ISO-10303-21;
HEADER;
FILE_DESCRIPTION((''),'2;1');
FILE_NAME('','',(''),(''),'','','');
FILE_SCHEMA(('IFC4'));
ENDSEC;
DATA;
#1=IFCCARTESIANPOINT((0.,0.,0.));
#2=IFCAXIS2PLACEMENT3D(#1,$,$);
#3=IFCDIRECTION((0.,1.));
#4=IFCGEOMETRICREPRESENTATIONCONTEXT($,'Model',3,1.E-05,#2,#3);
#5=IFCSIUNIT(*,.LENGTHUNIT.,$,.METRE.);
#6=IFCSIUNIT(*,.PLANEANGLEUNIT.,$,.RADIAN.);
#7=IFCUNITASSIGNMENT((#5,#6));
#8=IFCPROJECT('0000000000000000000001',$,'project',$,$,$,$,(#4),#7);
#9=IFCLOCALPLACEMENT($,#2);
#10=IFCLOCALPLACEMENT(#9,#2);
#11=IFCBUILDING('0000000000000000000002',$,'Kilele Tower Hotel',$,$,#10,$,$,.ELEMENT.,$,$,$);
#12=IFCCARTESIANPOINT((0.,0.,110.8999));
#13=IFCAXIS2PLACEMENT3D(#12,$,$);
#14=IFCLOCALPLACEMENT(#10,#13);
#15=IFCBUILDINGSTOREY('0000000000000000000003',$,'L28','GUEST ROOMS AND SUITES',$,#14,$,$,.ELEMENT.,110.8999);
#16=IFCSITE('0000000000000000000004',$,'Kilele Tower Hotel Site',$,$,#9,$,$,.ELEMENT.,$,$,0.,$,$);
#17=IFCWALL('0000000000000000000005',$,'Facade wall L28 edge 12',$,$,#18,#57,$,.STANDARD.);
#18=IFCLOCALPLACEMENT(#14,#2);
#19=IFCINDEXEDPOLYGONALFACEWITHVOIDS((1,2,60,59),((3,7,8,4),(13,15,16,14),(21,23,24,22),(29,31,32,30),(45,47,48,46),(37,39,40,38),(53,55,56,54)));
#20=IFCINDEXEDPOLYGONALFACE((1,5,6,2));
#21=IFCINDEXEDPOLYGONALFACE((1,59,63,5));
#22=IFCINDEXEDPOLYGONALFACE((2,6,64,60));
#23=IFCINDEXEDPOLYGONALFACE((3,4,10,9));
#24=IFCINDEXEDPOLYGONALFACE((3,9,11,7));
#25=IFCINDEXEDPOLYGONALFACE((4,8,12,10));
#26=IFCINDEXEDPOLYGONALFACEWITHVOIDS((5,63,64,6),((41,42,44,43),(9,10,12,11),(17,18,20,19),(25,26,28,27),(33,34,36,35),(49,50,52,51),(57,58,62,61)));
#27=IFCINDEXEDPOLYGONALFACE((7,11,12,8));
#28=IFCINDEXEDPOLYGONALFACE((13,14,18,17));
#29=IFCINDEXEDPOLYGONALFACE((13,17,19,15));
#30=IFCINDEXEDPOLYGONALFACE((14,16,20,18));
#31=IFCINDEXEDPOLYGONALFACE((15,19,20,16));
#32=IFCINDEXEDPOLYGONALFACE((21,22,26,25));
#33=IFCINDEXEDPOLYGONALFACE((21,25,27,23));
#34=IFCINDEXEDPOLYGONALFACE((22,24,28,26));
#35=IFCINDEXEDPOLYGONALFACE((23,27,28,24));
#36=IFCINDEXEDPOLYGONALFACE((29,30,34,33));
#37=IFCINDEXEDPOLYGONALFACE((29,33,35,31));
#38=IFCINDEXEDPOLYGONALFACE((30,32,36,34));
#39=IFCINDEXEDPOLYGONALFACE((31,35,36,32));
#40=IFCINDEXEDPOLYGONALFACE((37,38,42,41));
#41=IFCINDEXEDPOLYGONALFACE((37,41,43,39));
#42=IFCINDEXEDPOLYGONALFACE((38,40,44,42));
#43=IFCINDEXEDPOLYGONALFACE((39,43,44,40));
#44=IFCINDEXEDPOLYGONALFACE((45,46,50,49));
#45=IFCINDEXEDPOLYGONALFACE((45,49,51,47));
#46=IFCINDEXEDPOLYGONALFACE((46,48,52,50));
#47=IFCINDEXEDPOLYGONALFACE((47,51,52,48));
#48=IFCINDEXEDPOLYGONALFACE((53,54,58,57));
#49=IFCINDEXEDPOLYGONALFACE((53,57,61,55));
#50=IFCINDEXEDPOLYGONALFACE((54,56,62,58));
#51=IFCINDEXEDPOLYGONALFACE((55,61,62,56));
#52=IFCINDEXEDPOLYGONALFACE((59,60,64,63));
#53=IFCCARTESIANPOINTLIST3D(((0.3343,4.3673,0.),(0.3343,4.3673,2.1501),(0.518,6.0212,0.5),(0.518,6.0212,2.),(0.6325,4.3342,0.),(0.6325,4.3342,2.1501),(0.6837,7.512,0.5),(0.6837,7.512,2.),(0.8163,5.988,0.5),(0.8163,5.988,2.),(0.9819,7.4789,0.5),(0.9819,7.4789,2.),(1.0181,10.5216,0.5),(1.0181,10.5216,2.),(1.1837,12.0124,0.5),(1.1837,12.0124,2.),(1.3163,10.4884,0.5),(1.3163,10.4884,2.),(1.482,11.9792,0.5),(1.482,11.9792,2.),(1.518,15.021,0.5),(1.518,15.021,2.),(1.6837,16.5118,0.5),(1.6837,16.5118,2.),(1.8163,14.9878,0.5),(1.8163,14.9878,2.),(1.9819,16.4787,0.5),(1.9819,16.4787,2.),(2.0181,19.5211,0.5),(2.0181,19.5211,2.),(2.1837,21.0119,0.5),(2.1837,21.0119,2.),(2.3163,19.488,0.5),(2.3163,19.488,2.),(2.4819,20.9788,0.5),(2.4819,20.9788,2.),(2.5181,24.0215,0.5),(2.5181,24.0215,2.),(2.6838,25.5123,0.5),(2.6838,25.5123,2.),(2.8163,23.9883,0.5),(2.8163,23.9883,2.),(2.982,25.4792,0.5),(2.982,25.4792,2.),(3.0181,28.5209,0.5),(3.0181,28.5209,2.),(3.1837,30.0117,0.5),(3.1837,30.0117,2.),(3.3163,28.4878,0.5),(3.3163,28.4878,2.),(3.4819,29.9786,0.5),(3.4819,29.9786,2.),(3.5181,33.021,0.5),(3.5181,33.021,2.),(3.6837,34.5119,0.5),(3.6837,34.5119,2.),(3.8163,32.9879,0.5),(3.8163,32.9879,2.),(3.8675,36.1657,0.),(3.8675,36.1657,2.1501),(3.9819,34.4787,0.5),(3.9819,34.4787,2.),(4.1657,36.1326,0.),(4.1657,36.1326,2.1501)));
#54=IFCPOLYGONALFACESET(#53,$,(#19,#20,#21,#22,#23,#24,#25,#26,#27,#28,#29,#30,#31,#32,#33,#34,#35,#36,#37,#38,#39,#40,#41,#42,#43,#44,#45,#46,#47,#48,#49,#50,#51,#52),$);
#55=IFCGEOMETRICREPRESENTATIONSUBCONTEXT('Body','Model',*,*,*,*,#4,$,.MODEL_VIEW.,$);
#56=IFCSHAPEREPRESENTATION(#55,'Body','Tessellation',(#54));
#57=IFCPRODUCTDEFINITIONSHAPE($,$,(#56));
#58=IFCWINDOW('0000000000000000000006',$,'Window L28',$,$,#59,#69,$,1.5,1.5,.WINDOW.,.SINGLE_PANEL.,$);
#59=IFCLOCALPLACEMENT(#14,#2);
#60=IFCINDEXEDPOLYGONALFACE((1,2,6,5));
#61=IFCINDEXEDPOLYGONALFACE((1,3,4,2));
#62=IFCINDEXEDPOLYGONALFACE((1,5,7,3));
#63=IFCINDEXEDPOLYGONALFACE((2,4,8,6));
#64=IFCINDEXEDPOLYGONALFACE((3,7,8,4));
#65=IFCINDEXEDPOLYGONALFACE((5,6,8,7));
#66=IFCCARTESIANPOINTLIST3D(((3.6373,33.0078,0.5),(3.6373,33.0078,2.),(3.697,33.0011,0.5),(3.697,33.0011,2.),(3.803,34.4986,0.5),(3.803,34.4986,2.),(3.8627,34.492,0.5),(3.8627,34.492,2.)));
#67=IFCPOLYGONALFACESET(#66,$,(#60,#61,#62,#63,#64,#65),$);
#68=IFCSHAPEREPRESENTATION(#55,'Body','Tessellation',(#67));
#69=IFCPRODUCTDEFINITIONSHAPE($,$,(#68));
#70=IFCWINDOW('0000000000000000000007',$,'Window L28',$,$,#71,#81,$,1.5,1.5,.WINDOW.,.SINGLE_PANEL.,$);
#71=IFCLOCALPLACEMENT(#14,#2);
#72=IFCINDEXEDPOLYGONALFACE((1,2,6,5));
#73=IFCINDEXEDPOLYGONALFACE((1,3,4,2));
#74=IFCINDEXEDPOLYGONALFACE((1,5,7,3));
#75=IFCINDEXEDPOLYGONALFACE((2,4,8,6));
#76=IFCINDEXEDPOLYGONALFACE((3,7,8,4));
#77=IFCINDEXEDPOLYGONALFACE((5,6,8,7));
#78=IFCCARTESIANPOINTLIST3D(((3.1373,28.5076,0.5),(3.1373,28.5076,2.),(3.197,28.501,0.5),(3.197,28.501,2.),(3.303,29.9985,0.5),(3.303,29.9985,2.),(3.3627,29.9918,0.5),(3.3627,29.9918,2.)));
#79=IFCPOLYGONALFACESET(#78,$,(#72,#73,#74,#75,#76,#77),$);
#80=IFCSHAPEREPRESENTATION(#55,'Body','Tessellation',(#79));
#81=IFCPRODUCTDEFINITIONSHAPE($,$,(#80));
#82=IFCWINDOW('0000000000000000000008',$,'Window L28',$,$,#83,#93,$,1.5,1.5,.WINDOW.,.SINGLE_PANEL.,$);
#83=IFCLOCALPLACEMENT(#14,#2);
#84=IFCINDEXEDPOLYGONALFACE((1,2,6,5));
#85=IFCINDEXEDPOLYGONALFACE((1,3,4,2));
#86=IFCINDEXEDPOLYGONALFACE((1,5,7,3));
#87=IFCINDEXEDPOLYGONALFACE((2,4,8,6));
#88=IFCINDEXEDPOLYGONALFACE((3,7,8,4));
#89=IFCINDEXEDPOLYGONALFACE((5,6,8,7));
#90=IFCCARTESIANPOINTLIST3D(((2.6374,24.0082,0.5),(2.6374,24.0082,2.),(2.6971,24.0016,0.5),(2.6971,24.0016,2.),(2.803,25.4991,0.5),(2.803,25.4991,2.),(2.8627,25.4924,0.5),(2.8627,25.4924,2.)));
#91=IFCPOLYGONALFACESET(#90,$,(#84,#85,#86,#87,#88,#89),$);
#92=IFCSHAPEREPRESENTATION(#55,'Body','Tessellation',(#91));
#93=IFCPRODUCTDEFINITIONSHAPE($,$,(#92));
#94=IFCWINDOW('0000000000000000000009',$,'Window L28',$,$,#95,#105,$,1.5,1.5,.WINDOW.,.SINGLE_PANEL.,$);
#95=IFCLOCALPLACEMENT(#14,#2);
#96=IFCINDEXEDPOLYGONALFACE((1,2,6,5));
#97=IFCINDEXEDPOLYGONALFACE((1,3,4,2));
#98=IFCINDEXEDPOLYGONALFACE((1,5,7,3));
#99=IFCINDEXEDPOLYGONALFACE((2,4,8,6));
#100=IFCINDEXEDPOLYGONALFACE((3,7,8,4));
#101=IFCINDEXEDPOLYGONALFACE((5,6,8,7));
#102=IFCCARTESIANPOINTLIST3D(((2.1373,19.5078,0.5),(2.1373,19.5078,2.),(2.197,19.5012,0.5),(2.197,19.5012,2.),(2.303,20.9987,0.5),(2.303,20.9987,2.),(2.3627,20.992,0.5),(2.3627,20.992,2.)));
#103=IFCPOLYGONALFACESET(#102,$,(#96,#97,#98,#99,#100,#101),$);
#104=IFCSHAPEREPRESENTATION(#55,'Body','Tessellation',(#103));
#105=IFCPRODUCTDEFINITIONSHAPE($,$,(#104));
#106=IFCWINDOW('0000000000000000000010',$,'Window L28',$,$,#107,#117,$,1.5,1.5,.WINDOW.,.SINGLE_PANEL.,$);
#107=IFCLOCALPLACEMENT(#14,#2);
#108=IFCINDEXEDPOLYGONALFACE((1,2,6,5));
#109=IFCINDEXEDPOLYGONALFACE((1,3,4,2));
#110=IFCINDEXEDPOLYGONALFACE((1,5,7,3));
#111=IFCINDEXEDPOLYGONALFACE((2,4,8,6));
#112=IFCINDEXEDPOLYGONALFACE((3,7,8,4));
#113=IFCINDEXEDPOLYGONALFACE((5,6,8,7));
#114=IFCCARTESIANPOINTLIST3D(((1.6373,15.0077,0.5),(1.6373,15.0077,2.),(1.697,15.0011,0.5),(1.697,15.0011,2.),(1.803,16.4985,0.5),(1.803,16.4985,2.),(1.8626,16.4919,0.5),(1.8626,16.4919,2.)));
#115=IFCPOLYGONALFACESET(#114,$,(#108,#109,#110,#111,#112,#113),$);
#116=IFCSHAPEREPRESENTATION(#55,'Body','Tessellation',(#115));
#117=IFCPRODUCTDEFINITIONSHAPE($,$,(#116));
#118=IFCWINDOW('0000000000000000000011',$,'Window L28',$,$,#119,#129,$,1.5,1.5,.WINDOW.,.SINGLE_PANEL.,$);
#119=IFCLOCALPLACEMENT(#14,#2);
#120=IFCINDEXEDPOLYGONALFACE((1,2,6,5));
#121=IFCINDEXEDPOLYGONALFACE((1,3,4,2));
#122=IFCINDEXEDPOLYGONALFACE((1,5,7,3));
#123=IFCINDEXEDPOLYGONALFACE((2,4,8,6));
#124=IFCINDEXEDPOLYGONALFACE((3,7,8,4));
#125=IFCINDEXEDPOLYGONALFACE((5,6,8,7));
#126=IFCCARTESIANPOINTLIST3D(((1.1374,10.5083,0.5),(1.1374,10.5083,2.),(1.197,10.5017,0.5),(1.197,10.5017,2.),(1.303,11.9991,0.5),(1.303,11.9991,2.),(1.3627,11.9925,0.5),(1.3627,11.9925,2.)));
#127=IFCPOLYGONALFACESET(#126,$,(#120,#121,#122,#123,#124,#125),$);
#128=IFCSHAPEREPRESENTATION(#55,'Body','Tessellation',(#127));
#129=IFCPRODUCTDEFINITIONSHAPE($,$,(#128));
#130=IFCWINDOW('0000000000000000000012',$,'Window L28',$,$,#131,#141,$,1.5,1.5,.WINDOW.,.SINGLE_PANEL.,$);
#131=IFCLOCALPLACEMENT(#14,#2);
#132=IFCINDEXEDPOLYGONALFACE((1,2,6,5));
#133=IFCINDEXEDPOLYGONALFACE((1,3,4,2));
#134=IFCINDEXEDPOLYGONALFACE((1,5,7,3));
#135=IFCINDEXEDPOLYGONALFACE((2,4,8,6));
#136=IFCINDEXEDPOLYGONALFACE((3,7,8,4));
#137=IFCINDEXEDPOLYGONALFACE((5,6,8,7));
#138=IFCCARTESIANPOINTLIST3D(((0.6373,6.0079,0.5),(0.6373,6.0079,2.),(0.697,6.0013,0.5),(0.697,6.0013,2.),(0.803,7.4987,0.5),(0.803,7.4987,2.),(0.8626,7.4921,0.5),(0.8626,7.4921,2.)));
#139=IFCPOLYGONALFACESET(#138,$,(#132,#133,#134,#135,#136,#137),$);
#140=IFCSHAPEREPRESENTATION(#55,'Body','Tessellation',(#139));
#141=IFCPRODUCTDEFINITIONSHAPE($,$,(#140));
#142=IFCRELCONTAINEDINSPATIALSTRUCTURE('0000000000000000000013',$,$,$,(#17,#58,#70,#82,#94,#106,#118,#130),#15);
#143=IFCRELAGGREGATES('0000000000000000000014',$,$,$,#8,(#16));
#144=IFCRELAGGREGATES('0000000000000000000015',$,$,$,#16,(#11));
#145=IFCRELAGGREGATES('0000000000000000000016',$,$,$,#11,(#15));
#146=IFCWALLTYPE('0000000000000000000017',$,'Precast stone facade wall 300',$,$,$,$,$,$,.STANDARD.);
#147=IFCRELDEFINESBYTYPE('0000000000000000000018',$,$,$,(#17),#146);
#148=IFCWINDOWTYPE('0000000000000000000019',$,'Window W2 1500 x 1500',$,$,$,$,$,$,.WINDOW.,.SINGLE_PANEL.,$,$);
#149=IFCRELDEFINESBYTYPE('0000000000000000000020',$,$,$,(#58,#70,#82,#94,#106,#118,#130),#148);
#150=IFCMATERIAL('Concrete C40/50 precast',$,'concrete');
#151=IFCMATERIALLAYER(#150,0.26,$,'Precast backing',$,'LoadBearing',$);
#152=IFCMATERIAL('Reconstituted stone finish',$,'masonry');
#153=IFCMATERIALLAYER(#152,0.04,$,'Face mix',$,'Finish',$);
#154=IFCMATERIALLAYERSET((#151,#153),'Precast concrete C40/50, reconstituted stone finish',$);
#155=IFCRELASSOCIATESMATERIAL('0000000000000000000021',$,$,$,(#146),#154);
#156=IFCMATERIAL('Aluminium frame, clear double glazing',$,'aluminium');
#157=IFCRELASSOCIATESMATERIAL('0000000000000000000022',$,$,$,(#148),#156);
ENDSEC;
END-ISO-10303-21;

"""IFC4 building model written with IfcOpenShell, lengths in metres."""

from ifc_helpers import new_model, si_unit, direction, frame, frame_2d, origin, place, context, subcontext, project, spatial, rectangle, extrude, material, layer, layer_set, type_object, element, fill, save


model = new_model("IFC4")

# Units and contexts
model_context = context("Model", 3, precision=1e-05, world=origin(), true_north=direction((0.0, 1.0)))
body_context = subcontext(model_context, "Body", "Model", "MODEL_VIEW")
ifc_project = project(units=[si_unit("LENGTHUNIT", "METRE"), si_unit("PLANEANGLEUNIT", "RADIAN")], contexts=[model_context])

# Site, building, storey
site_placement = place(None, origin())
site = spatial("IfcSite", under=ifc_project, at=site_placement, Name="Kilele Tower Hotel Site", CompositionType="ELEMENT", RefElevation=0.0)
building_placement = place(site_placement, origin())
building = spatial("IfcBuilding", under=site, at=building_placement, Name="Kilele Tower Hotel", CompositionType="ELEMENT")
storey_placement = place(building_placement, frame((0.0, 0.0, 110.8999)))
storey = spatial("IfcBuildingStorey", under=building, at=storey_placement, Name="L28", Description="GUEST ROOMS AND SUITES", CompositionType="ELEMENT", Elevation=110.8999)

# Shared definitions
ifc_material_1 = material(Name="Concrete C40/50 precast", Category="concrete")
ifc_layer_1 = layer(ifc_material_1, 0.26, Name="Precast backing", Category="LoadBearing")
ifc_material_2 = material(Name="Reconstituted stone finish", Category="masonry")
ifc_layer_2 = layer(ifc_material_2, 0.04, Name="Face mix", Category="Finish")
ifc_layer_set_1 = layer_set([ifc_layer_1, ifc_layer_2], Name="Precast concrete C40/50, reconstituted stone finish")
wall_type_1 = type_object("IfcWallType", Name="Precast stone facade wall 300", PredefinedType="STANDARD", material=ifc_layer_set_1)
ifc_material_3 = material(Name="Aluminium frame, clear double glazing", Category="aluminium")
window_type_1 = type_object("IfcWindowType", Name="Window W2 1500 x 1500", PartitioningType="SINGLE_PANEL", PredefinedType="WINDOW", material=ifc_material_3)

# Wall, openings, windows
wall_1_placement = place(storey_placement, frame((4.0166, 36.1492, 0.0), z_axis=(0.0, 0.0, 1.0), x_axis=(-0.110433, -0.993884, 0.0)))
wall_1 = element("IfcWall", 1, at=wall_1_placement, inside=storey, type_object=wall_type_1, Name="Facade wall L28 edge 12", PredefinedType="STANDARD", context=body_context, shape_type="SweptSolid", body=[
    extrude(rectangle(XDim=31.9941, YDim=0.3, at=frame_2d((15.9971, 0.0))), origin(), (0.0, 0.0, 1.0), 2.1501),
])
opening_1_placement = place(wall_1_placement, frame((1.6641, 0.0, 0.5)))
opening_1 = element("IfcOpeningElement", 2, at=opening_1_placement, cuts=wall_1, PredefinedType="OPENING", context=body_context, shape_type="SweptSolid", body=[
    extrude(rectangle(XDim=1.5, YDim=1.5, at=frame_2d((0.75, 0.75))), frame((0.0, 0.1599, 0.0), z_axis=(0.0, -1.0, 0.0), x_axis=(1.0, 0.0, 0.0)), (0.0, 0.0, 1.0), 0.3201),
])
opening_2_placement = place(wall_1_placement, frame((6.1919, 0.0, 0.5)))
opening_2 = element("IfcOpeningElement", 3, at=opening_2_placement, cuts=wall_1, PredefinedType="OPENING", context=body_context, shape_type="SweptSolid", body=[
    extrude(rectangle(XDim=1.5, YDim=1.5, at=frame_2d((0.75, 0.75))), frame((0.0, 0.1599, 0.0), z_axis=(0.0, -1.0, 0.0), x_axis=(1.0, 0.0, 0.0)), (0.0, 0.0, 1.0), 0.3201),
])
opening_3_placement = place(wall_1_placement, frame((10.719, 0.0, 0.5)))
opening_3 = element("IfcOpeningElement", 4, at=opening_3_placement, cuts=wall_1, PredefinedType="OPENING", context=body_context, shape_type="SweptSolid", body=[
    extrude(rectangle(XDim=1.5, YDim=1.5, at=frame_2d((0.75, 0.75))), frame((0.0, 0.1599, 0.0), z_axis=(0.0, -1.0, 0.0), x_axis=(1.0, 0.0, 0.0)), (0.0, 0.0, 1.0), 0.3201),
])
opening_4_placement = place(wall_1_placement, frame((15.2471, 0.0, 0.5)))
opening_4 = element("IfcOpeningElement", 5, at=opening_4_placement, cuts=wall_1, PredefinedType="OPENING", context=body_context, shape_type="SweptSolid", body=[
    extrude(rectangle(XDim=1.5, YDim=1.5, at=frame_2d((0.75, 0.75))), frame((0.0, 0.1599, 0.0), z_axis=(0.0, -1.0, 0.0), x_axis=(1.0, 0.0, 0.0)), (0.0, 0.0, 1.0), 0.3201),
])
opening_5_placement = place(wall_1_placement, frame((19.7749, 0.0, 0.5)))
opening_5 = element("IfcOpeningElement", 6, at=opening_5_placement, cuts=wall_1, PredefinedType="OPENING", context=body_context, shape_type="SweptSolid", body=[
    extrude(rectangle(XDim=1.5, YDim=1.5, at=frame_2d((0.75, 0.75))), frame((0.0, 0.1599, 0.0), z_axis=(0.0, -1.0, 0.0), x_axis=(1.0, 0.0, 0.0)), (0.0, 0.0, 1.0), 0.3201),
])
opening_6_placement = place(wall_1_placement, frame((24.302, 0.0, 0.5)))
opening_6 = element("IfcOpeningElement", 7, at=opening_6_placement, cuts=wall_1, PredefinedType="OPENING", context=body_context, shape_type="SweptSolid", body=[
    extrude(rectangle(XDim=1.5, YDim=1.5, at=frame_2d((0.75, 0.75))), frame((0.0, 0.1599, 0.0), z_axis=(0.0, -1.0, 0.0), x_axis=(1.0, 0.0, 0.0)), (0.0, 0.0, 1.0), 0.3201),
])
opening_7_placement = place(wall_1_placement, frame((28.8301, 0.0, 0.5)))
opening_7 = element("IfcOpeningElement", 8, at=opening_7_placement, cuts=wall_1, PredefinedType="OPENING", context=body_context, shape_type="SweptSolid", body=[
    extrude(rectangle(XDim=1.5, YDim=1.5, at=frame_2d((0.75, 0.75))), frame((0.0, 0.1599, 0.0), z_axis=(0.0, -1.0, 0.0), x_axis=(1.0, 0.0, 0.0)), (0.0, 0.0, 1.0), 0.3201),
])
window_1_placement = place(opening_1_placement, origin())
window_1 = element("IfcWindow", 9, at=window_1_placement, inside=storey, type_object=window_type_1, Name="Window L28", OverallHeight=1.5, OverallWidth=1.5, PartitioningType="SINGLE_PANEL", PredefinedType="WINDOW", context=body_context, shape_type="SweptSolid", body=[
    extrude(rectangle(XDim=1.5, YDim=1.5, at=frame_2d((0.75, 0.75))), frame((0.0, 0.03, 0.0), z_axis=(0.0, -1.0, 0.0), x_axis=(1.0, 0.0, 0.0)), (0.0, 0.0, 1.0), 0.0601),
])
fill(opening_1, window_1)
window_2_placement = place(opening_2_placement, origin())
window_2 = element("IfcWindow", 10, at=window_2_placement, inside=storey, type_object=window_type_1, Name="Window L28", OverallHeight=1.5, OverallWidth=1.5, PartitioningType="SINGLE_PANEL", PredefinedType="WINDOW", context=body_context, shape_type="SweptSolid", body=[
    extrude(rectangle(XDim=1.5, YDim=1.5, at=frame_2d((0.75, 0.75))), frame((0.0, 0.03, 0.0), z_axis=(0.0, -1.0, 0.0), x_axis=(1.0, 0.0, 0.0)), (0.0, 0.0, 1.0), 0.0601),
])
fill(opening_2, window_2)
window_3_placement = place(opening_3_placement, origin())
window_3 = element("IfcWindow", 11, at=window_3_placement, inside=storey, type_object=window_type_1, Name="Window L28", OverallHeight=1.5, OverallWidth=1.5, PartitioningType="SINGLE_PANEL", PredefinedType="WINDOW", context=body_context, shape_type="SweptSolid", body=[
    extrude(rectangle(XDim=1.5, YDim=1.5, at=frame_2d((0.75, 0.75))), frame((0.0, 0.03, 0.0), z_axis=(0.0, -1.0, 0.0), x_axis=(1.0, 0.0, 0.0)), (0.0, 0.0, 1.0), 0.0601),
])
fill(opening_3, window_3)
window_4_placement = place(opening_4_placement, origin())
window_4 = element("IfcWindow", 12, at=window_4_placement, inside=storey, type_object=window_type_1, Name="Window L28", OverallHeight=1.5, OverallWidth=1.5, PartitioningType="SINGLE_PANEL", PredefinedType="WINDOW", context=body_context, shape_type="SweptSolid", body=[
    extrude(rectangle(XDim=1.5, YDim=1.5, at=frame_2d((0.75, 0.75))), frame((0.0, 0.03, 0.0), z_axis=(0.0, -1.0, 0.0), x_axis=(1.0, 0.0, 0.0)), (0.0, 0.0, 1.0), 0.0601),
])
fill(opening_4, window_4)
window_5_placement = place(opening_5_placement, origin())
window_5 = element("IfcWindow", 13, at=window_5_placement, inside=storey, type_object=window_type_1, Name="Window L28", OverallHeight=1.5, OverallWidth=1.5, PartitioningType="SINGLE_PANEL", PredefinedType="WINDOW", context=body_context, shape_type="SweptSolid", body=[
    extrude(rectangle(XDim=1.5, YDim=1.5, at=frame_2d((0.75, 0.75))), frame((0.0, 0.03, 0.0), z_axis=(0.0, -1.0, 0.0), x_axis=(1.0, 0.0, 0.0)), (0.0, 0.0, 1.0), 0.0601),
])
fill(opening_5, window_5)
window_6_placement = place(opening_6_placement, origin())
window_6 = element("IfcWindow", 14, at=window_6_placement, inside=storey, type_object=window_type_1, Name="Window L28", OverallHeight=1.5, OverallWidth=1.5, PartitioningType="SINGLE_PANEL", PredefinedType="WINDOW", context=body_context, shape_type="SweptSolid", body=[
    extrude(rectangle(XDim=1.5, YDim=1.5, at=frame_2d((0.75, 0.75))), frame((0.0, 0.03, 0.0), z_axis=(0.0, -1.0, 0.0), x_axis=(1.0, 0.0, 0.0)), (0.0, 0.0, 1.0), 0.0601),
])
fill(opening_6, window_6)
window_7_placement = place(opening_7_placement, origin())
window_7 = element("IfcWindow", 15, at=window_7_placement, inside=storey, type_object=window_type_1, Name="Window L28", OverallHeight=1.5, OverallWidth=1.5, PartitioningType="SINGLE_PANEL", PredefinedType="WINDOW", context=body_context, shape_type="SweptSolid", body=[
    extrude(rectangle(XDim=1.5, YDim=1.5, at=frame_2d((0.75, 0.75))), frame((0.0, 0.03, 0.0), z_axis=(0.0, -1.0, 0.0), x_axis=(1.0, 0.0, 0.0)), (0.0, 0.0, 1.0), 0.0601),
])
fill(opening_7, window_7)

save(model, "model.ifc")
